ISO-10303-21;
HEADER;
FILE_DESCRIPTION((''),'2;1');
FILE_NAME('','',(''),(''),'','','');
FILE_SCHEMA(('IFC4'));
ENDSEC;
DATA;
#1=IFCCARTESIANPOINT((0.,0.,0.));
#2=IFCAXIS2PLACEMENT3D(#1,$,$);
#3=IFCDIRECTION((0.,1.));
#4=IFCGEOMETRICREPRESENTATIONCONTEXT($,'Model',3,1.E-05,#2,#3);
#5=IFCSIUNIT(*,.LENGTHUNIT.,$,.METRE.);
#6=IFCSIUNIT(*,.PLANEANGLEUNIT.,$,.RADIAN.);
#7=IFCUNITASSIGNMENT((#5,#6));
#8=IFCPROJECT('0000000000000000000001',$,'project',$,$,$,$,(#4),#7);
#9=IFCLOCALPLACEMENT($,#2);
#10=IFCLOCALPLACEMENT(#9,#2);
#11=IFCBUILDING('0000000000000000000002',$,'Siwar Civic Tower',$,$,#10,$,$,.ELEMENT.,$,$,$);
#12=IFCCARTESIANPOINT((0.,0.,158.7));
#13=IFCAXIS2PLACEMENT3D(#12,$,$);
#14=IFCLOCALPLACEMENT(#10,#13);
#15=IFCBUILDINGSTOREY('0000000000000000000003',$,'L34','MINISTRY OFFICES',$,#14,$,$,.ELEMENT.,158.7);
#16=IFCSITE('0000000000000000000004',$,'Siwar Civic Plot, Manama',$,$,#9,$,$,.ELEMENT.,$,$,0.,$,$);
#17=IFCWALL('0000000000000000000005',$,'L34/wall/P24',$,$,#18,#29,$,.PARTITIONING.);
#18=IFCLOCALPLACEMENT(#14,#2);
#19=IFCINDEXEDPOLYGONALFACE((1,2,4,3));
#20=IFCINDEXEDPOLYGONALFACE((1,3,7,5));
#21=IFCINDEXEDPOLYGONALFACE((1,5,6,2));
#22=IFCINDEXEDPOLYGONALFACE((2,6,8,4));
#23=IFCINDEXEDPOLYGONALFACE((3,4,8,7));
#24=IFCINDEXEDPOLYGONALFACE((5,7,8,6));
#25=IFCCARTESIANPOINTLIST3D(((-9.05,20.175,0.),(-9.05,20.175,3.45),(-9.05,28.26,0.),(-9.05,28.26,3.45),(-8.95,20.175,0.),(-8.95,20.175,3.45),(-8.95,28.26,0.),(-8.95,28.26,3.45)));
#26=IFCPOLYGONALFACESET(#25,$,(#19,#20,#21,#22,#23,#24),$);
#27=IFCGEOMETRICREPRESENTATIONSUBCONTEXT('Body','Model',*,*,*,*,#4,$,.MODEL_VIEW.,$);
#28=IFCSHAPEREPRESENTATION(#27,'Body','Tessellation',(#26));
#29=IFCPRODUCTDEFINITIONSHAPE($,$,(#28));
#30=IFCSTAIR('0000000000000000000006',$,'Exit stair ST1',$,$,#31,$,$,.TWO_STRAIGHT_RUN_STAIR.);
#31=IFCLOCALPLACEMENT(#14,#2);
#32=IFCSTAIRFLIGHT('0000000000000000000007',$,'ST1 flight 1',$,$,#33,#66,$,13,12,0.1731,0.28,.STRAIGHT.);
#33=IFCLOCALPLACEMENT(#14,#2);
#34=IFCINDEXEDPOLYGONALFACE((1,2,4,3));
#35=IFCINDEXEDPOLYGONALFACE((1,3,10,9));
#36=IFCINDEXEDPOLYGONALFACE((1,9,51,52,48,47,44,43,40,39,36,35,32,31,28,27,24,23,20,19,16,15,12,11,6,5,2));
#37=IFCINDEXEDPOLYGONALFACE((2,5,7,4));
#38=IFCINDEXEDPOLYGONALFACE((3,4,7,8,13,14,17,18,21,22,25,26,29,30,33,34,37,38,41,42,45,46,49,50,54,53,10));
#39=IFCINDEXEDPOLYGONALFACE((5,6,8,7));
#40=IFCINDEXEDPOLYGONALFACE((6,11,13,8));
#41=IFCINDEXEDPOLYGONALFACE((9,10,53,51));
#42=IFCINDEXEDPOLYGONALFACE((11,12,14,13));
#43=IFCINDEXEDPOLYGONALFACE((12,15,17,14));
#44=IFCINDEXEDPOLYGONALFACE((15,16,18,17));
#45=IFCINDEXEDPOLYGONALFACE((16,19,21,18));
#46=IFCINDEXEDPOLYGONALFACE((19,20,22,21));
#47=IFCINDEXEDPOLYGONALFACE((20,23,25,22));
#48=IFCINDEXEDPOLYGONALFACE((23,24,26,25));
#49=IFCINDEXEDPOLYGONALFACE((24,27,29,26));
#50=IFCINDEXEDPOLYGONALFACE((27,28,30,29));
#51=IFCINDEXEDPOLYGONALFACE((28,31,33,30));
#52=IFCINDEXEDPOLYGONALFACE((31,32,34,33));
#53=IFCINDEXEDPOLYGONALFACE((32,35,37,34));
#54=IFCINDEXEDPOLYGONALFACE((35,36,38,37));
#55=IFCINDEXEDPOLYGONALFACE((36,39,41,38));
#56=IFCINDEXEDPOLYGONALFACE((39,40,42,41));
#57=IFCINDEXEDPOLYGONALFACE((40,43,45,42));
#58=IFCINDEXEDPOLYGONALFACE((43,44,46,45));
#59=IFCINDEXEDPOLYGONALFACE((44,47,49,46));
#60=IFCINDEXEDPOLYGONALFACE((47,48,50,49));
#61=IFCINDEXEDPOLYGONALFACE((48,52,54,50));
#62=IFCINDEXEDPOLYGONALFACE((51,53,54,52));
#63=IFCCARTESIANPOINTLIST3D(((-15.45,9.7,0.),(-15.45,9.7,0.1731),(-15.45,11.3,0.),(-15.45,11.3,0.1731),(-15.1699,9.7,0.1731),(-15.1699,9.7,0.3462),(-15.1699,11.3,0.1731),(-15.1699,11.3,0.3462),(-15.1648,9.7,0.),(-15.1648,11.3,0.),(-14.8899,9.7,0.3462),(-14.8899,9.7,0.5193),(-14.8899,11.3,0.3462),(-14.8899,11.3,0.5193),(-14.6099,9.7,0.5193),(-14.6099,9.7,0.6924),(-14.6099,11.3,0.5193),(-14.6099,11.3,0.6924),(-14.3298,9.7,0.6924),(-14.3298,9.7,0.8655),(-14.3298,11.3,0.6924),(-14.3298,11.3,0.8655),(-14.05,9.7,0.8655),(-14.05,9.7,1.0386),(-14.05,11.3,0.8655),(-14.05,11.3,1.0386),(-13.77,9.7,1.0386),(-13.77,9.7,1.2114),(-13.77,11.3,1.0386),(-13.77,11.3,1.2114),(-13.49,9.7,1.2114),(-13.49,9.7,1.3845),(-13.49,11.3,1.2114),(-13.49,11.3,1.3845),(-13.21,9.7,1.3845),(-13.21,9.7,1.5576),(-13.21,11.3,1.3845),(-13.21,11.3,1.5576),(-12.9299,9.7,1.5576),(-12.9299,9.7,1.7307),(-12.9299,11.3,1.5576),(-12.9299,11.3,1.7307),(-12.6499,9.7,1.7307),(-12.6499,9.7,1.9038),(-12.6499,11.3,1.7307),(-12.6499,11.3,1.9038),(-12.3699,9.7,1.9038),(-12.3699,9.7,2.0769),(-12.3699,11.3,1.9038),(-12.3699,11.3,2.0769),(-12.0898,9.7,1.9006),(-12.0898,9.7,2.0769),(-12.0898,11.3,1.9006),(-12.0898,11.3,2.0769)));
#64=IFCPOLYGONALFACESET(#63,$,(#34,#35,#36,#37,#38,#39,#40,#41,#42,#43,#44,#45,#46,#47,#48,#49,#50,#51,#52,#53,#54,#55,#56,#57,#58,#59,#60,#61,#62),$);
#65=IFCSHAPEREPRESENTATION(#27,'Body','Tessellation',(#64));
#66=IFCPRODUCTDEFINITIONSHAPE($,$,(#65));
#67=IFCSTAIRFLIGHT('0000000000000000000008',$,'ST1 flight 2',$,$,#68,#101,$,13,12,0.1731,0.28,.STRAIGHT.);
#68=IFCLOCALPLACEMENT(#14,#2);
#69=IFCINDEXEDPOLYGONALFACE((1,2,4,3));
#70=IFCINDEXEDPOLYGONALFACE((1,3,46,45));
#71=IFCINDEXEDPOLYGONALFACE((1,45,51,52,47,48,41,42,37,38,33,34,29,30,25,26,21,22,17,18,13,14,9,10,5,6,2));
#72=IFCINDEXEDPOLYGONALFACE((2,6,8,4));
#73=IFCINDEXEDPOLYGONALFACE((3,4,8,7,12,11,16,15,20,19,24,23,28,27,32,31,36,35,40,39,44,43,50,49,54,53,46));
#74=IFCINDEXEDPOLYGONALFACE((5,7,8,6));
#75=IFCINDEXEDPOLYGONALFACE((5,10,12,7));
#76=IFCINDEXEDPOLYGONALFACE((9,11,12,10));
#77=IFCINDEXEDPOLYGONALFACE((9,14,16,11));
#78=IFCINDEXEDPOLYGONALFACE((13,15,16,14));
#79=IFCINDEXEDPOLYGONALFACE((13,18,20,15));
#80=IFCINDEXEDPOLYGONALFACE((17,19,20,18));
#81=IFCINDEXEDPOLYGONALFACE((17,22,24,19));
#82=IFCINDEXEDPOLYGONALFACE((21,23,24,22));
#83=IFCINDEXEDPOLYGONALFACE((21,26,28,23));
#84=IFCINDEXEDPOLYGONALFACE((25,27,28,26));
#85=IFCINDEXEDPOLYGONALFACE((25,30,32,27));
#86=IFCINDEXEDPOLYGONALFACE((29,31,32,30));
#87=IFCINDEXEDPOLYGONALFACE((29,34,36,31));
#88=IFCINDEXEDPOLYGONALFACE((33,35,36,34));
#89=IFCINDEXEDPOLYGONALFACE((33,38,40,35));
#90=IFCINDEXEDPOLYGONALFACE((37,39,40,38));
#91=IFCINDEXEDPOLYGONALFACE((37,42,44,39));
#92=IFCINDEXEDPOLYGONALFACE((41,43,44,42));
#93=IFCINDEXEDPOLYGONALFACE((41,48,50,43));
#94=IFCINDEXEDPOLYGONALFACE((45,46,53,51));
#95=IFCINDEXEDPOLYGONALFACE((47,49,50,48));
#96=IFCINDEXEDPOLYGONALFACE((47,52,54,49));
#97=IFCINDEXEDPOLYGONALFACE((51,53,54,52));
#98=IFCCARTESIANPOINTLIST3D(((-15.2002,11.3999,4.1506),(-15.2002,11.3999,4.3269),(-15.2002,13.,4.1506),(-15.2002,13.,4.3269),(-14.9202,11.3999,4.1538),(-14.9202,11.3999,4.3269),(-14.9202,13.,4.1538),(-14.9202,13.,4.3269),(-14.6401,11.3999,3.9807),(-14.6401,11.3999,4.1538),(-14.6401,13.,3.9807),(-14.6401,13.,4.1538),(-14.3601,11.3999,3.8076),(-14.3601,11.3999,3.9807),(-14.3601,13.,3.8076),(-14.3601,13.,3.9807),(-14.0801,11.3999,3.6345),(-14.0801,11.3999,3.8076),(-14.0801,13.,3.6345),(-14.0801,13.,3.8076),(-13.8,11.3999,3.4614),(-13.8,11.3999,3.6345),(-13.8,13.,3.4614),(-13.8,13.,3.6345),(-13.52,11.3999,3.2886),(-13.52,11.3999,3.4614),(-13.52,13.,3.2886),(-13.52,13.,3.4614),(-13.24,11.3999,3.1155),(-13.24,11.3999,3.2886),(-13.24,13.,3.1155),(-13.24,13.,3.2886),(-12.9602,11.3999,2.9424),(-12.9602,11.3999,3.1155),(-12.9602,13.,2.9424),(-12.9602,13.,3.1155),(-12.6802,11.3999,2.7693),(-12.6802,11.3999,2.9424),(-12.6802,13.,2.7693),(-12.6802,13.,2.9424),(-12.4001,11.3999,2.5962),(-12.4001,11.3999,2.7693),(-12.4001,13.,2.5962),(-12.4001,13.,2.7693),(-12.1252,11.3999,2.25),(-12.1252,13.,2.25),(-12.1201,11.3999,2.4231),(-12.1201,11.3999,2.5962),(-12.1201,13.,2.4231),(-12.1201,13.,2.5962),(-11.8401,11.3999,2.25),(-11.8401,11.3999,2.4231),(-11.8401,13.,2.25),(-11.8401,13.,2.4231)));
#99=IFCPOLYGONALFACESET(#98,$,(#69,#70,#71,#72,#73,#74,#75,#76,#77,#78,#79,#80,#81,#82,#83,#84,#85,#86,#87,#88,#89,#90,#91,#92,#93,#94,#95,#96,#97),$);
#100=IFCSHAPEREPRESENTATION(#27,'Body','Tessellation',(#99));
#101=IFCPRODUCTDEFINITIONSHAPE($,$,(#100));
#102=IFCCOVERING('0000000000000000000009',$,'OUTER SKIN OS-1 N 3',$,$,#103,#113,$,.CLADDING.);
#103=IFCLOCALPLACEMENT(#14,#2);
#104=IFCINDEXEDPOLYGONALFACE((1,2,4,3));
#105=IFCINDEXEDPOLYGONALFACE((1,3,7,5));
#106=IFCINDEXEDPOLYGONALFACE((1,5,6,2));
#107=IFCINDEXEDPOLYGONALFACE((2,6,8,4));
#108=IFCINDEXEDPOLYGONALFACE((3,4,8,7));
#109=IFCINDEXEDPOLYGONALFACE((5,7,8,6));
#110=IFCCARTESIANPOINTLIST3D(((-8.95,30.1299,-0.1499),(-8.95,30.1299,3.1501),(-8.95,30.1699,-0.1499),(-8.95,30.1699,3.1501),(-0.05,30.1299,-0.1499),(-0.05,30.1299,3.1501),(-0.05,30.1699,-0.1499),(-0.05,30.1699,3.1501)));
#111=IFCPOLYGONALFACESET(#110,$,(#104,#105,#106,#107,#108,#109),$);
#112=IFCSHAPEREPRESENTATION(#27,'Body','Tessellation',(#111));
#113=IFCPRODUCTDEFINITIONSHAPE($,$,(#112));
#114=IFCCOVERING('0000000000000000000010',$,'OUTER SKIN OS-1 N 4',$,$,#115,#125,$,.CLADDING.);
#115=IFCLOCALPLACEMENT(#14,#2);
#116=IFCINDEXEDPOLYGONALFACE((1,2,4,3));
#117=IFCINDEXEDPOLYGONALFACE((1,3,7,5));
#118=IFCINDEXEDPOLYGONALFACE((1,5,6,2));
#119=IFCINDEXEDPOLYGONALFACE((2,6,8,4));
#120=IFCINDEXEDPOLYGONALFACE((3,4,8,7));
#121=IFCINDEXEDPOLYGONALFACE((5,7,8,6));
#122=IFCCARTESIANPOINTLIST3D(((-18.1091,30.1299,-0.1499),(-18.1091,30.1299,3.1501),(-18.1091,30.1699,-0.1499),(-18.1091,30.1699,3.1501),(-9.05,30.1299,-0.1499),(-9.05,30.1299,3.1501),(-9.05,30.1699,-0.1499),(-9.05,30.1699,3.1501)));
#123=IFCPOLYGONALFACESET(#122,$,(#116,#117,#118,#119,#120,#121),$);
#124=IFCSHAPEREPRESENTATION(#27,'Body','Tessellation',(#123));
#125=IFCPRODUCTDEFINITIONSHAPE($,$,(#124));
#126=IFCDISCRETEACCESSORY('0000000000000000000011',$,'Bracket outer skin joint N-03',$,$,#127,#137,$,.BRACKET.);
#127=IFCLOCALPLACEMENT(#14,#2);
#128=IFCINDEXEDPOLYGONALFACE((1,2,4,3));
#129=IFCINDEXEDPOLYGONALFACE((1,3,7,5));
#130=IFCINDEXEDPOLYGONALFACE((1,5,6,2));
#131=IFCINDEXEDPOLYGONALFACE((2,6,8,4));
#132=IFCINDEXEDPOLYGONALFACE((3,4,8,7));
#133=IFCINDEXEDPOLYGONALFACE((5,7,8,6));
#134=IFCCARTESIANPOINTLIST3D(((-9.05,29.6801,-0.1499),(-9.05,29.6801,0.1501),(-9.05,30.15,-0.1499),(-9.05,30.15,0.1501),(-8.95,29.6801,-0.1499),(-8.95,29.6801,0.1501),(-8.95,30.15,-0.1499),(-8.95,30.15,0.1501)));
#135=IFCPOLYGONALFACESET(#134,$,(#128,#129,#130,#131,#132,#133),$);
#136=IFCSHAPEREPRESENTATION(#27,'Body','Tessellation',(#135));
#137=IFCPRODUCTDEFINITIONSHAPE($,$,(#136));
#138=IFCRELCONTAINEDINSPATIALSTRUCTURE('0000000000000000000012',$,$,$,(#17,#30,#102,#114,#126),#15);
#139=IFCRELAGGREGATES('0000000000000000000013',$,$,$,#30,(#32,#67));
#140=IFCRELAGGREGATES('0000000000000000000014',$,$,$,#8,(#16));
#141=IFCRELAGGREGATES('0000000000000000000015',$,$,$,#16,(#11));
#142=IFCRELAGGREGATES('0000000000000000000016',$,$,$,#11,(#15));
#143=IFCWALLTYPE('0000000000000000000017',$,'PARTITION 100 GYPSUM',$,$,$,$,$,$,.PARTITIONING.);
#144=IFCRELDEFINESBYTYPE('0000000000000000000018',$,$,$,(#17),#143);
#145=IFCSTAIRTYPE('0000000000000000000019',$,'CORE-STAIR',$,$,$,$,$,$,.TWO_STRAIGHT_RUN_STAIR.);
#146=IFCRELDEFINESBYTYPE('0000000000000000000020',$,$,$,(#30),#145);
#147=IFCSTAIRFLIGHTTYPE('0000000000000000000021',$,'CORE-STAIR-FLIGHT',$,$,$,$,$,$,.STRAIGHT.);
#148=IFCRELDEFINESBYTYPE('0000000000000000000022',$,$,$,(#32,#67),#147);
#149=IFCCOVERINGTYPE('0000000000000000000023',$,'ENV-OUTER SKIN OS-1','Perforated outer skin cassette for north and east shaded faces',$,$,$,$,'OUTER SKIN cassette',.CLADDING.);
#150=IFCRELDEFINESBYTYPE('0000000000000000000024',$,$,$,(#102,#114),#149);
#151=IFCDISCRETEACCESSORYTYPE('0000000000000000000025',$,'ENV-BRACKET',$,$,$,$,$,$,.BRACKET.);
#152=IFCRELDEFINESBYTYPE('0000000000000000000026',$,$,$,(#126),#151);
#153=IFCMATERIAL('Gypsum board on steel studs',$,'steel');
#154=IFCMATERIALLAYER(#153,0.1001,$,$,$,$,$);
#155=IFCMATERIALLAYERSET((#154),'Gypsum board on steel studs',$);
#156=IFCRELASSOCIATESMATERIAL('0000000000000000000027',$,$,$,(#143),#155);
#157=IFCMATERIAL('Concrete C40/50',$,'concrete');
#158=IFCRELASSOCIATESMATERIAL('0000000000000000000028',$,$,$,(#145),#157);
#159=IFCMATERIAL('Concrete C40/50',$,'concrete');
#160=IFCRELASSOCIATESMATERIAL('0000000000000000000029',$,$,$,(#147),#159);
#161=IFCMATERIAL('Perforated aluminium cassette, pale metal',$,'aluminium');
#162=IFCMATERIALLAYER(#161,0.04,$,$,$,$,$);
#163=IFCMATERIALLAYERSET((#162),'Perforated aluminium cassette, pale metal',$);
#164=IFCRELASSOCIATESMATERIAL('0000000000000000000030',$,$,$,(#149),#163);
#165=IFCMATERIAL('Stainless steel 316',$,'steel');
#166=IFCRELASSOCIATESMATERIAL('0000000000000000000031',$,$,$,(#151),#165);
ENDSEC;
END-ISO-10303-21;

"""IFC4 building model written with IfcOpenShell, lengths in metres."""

from ifc_helpers import new_model, si_unit, direction, frame, frame_2d, origin, origin_2d, place, context, subcontext, project, spatial, polyline, rectangle, outline, extrude, material, layer, layer_set, type_object, element, aggregate, save


model = new_model("IFC4")

# Units and contexts
model_context = context("Model", 3, precision=1e-05, world=origin(), true_north=direction((0.0, 1.0)))
body_context = subcontext(model_context, "Body", "Model", "MODEL_VIEW")
ifc_project = project(units=[si_unit("LENGTHUNIT", "METRE"), si_unit("PLANEANGLEUNIT", "RADIAN")], contexts=[model_context])

# Site, building, storey
site_placement = place(None, origin())
site = spatial("IfcSite", under=ifc_project, at=site_placement, Name="Siwar Civic Plot, Manama", CompositionType="ELEMENT", RefElevation=0.0)
building_placement = place(site_placement, origin())
building = spatial("IfcBuilding", under=site, at=building_placement, Name="Siwar Civic Tower", CompositionType="ELEMENT")
storey_placement = place(building_placement, frame((0.0, 0.0, 158.7)))
storey = spatial("IfcBuildingStorey", under=building, at=storey_placement, Name="L34", Description="MINISTRY OFFICES", CompositionType="ELEMENT", Elevation=158.7)

# Wall
ifc_material_1 = material(Name="Gypsum board on steel studs", Category="steel")
ifc_layer_1 = layer(ifc_material_1, 0.1001)
ifc_layer_set_1 = layer_set([ifc_layer_1], Name="Gypsum board on steel studs")
wall_type_1 = type_object("IfcWallType", Name="PARTITION 100 GYPSUM", PredefinedType="PARTITIONING", material=ifc_layer_set_1)
wall_1_placement = place(storey_placement, frame((-9.0, 20.175, 0.0), z_axis=(0.0, 0.0, 1.0), x_axis=(0.0, 1.0, 0.0)))
element("IfcWall", 1, at=wall_1_placement, inside=storey, type_object=wall_type_1, Name="L34/wall/P24", PredefinedType="PARTITIONING", context=body_context, shape_type="SweptSolid", body=[
    extrude(rectangle(XDim=8.085, YDim=0.1001, at=frame_2d((4.0425, 0.0))), origin(), (0.0, 0.0, 1.0), 3.45),
])

# Stair, stair flights
ifc_material_2 = material(Name="Concrete C40/50", Category="concrete")
stair_type = type_object("IfcStairType", Name="CORE-STAIR", PredefinedType="TWO_STRAIGHT_RUN_STAIR", material=ifc_material_2)
stair_placement = place(storey_placement, origin())
stair = element("IfcStair", 2, at=stair_placement, inside=storey, type_object=stair_type, Name="Exit stair ST1", PredefinedType="TWO_STRAIGHT_RUN_STAIR")
ifc_material_3 = material(Name="Concrete C40/50", Category="concrete")
stair_flight_type = type_object("IfcStairFlightType", Name="CORE-STAIR-FLIGHT", PredefinedType="STRAIGHT", material=ifc_material_3)
stair_flight_1_placement = place(storey_placement, frame((-15.45, 10.5, 0.0), z_axis=(0.0, 0.0, 1.0), x_axis=(1.0, 0.0, 0.0)))
stair_flight_1 = element("IfcStairFlight", 3, at=stair_flight_1_placement, type_object=stair_flight_type, Name="ST1 flight 1", NumberOfRisers=13, NumberOfTreads=12, PredefinedType="STRAIGHT", RiserHeight=0.1731, TreadLength=0.28, context=body_context, shape_type="SweptSolid", body=[
    extrude(outline(polyline([(0.0, 0.0), (0.0, 0.1731), (0.28, 0.1731), (0.28, 0.3462), (0.5601, 0.3462), (0.5601, 0.5193), (0.8401, 0.5193), (0.8401, 0.6924), (1.1201, 0.6924), (1.1201, 0.8655), (1.3999, 0.8655), (1.3999, 1.0386), (1.6799, 1.0386), (1.6799, 1.2114), (1.96, 1.2114), (1.96, 1.3845), (2.24, 1.3845), (2.24, 1.5576), (2.52, 1.5576), (2.52, 1.7307), (2.8, 1.7307), (2.8, 1.9038), (3.0801, 1.9038), (3.0801, 2.0769), (3.3601, 2.0769), (3.3601, 2.25), (3.3601, 1.9006), (0.2852, 0.0), (0.0, 0.0)])), frame((0.0, 0.8, 0.0), z_axis=(0.0, -1.0, 0.0), x_axis=(1.0, 0.0, 0.0)), (0.0, 0.0, 1.0), 1.6001),
])
stair_flight_2_placement = place(storey_placement, frame((-11.8401, 12.2, 2.25), z_axis=(0.0, 0.0, 1.0), x_axis=(-1.0, 0.0, 0.0)))
stair_flight_2 = element("IfcStairFlight", 4, at=stair_flight_2_placement, type_object=stair_flight_type, Name="ST1 flight 2", NumberOfRisers=13, NumberOfTreads=12, PredefinedType="STRAIGHT", RiserHeight=0.1731, TreadLength=0.28, context=body_context, shape_type="SweptSolid", body=[
    extrude(outline(polyline([(0.0, 0.0), (0.0, 0.1731), (0.28, 0.1731), (0.28, 0.3462), (0.5601, 0.3462), (0.5601, 0.5193), (0.8401, 0.5193), (0.8401, 0.6924), (1.1201, 0.6924), (1.1201, 0.8655), (1.3999, 0.8655), (1.3999, 1.0386), (1.6799, 1.0386), (1.6799, 1.2114), (1.96, 1.2114), (1.96, 1.3845), (2.24, 1.3845), (2.24, 1.5576), (2.52, 1.5576), (2.52, 1.7307), (2.8, 1.7307), (2.8, 1.9038), (3.0801, 1.9038), (3.0801, 2.0769), (3.3601, 2.0769), (3.3601, 2.25), (3.3601, 1.9006), (0.2852, 0.0), (0.0, 0.0)])), frame((0.0, 0.8, 0.0), z_axis=(0.0, -1.0, 0.0), x_axis=(1.0, 0.0, 0.0)), (0.0, 0.0, 1.0), 1.6001),
])
aggregate(stair, [stair_flight_1, stair_flight_2])

# Coverings
ifc_material_4 = material(Name="Perforated aluminium cassette, pale metal", Category="aluminium")
ifc_layer_2 = layer(ifc_material_4, 0.04)
ifc_layer_set_2 = layer_set([ifc_layer_2], Name="Perforated aluminium cassette, pale metal")
covering_type = type_object("IfcCoveringType", Name="ENV-OUTER SKIN OS-1", Description="Perforated outer skin cassette for north and east shaded faces", ElementType="OUTER SKIN cassette", PredefinedType="CLADDING", material=ifc_layer_set_2)
covering_1_placement = place(storey_placement, frame((-4.5, 30.1499, -0.1499), z_axis=(0.0, 0.0, 1.0), x_axis=(-1.0, 0.0, 0.0)))
element("IfcCovering", 5, at=covering_1_placement, inside=storey, type_object=covering_type, Name="OUTER SKIN OS-1 N 3", PredefinedType="CLADDING", context=body_context, shape_type="SweptSolid", body=[
    extrude(rectangle(XDim=8.8999, YDim=0.04, at=origin_2d()), origin(), (0.0, 0.0, 1.0), 3.3),
])
covering_2_placement = place(storey_placement, frame((-13.5796, 30.1499, -0.1499), z_axis=(0.0, 0.0, 1.0), x_axis=(-1.0, 0.0, 0.0)))
element("IfcCovering", 6, at=covering_2_placement, inside=storey, type_object=covering_type, Name="OUTER SKIN OS-1 N 4", PredefinedType="CLADDING", context=body_context, shape_type="SweptSolid", body=[
    extrude(rectangle(XDim=9.0591, YDim=0.04, at=origin_2d()), origin(), (0.0, 0.0, 1.0), 3.3),
])

# Discrete accessory
ifc_material_5 = material(Name="Stainless steel 316", Category="steel")
discrete_accessory_type = type_object("IfcDiscreteAccessoryType", Name="ENV-BRACKET", PredefinedType="BRACKET", material=ifc_material_5)
discrete_accessory_placement = place(storey_placement, frame((-9.0, 29.915, -0.1499), z_axis=(0.0, 0.0, 1.0), x_axis=(0.0, 1.0, 0.0)))
element("IfcDiscreteAccessory", 7, at=discrete_accessory_placement, inside=storey, type_object=discrete_accessory_type, Name="Bracket outer skin joint N-03", PredefinedType="BRACKET", context=body_context, shape_type="SweptSolid", body=[
    extrude(rectangle(XDim=0.47, YDim=0.1001, at=origin_2d()), origin(), (0.0, 0.0, 1.0), 0.3),
])

save(model, "model.ifc")
